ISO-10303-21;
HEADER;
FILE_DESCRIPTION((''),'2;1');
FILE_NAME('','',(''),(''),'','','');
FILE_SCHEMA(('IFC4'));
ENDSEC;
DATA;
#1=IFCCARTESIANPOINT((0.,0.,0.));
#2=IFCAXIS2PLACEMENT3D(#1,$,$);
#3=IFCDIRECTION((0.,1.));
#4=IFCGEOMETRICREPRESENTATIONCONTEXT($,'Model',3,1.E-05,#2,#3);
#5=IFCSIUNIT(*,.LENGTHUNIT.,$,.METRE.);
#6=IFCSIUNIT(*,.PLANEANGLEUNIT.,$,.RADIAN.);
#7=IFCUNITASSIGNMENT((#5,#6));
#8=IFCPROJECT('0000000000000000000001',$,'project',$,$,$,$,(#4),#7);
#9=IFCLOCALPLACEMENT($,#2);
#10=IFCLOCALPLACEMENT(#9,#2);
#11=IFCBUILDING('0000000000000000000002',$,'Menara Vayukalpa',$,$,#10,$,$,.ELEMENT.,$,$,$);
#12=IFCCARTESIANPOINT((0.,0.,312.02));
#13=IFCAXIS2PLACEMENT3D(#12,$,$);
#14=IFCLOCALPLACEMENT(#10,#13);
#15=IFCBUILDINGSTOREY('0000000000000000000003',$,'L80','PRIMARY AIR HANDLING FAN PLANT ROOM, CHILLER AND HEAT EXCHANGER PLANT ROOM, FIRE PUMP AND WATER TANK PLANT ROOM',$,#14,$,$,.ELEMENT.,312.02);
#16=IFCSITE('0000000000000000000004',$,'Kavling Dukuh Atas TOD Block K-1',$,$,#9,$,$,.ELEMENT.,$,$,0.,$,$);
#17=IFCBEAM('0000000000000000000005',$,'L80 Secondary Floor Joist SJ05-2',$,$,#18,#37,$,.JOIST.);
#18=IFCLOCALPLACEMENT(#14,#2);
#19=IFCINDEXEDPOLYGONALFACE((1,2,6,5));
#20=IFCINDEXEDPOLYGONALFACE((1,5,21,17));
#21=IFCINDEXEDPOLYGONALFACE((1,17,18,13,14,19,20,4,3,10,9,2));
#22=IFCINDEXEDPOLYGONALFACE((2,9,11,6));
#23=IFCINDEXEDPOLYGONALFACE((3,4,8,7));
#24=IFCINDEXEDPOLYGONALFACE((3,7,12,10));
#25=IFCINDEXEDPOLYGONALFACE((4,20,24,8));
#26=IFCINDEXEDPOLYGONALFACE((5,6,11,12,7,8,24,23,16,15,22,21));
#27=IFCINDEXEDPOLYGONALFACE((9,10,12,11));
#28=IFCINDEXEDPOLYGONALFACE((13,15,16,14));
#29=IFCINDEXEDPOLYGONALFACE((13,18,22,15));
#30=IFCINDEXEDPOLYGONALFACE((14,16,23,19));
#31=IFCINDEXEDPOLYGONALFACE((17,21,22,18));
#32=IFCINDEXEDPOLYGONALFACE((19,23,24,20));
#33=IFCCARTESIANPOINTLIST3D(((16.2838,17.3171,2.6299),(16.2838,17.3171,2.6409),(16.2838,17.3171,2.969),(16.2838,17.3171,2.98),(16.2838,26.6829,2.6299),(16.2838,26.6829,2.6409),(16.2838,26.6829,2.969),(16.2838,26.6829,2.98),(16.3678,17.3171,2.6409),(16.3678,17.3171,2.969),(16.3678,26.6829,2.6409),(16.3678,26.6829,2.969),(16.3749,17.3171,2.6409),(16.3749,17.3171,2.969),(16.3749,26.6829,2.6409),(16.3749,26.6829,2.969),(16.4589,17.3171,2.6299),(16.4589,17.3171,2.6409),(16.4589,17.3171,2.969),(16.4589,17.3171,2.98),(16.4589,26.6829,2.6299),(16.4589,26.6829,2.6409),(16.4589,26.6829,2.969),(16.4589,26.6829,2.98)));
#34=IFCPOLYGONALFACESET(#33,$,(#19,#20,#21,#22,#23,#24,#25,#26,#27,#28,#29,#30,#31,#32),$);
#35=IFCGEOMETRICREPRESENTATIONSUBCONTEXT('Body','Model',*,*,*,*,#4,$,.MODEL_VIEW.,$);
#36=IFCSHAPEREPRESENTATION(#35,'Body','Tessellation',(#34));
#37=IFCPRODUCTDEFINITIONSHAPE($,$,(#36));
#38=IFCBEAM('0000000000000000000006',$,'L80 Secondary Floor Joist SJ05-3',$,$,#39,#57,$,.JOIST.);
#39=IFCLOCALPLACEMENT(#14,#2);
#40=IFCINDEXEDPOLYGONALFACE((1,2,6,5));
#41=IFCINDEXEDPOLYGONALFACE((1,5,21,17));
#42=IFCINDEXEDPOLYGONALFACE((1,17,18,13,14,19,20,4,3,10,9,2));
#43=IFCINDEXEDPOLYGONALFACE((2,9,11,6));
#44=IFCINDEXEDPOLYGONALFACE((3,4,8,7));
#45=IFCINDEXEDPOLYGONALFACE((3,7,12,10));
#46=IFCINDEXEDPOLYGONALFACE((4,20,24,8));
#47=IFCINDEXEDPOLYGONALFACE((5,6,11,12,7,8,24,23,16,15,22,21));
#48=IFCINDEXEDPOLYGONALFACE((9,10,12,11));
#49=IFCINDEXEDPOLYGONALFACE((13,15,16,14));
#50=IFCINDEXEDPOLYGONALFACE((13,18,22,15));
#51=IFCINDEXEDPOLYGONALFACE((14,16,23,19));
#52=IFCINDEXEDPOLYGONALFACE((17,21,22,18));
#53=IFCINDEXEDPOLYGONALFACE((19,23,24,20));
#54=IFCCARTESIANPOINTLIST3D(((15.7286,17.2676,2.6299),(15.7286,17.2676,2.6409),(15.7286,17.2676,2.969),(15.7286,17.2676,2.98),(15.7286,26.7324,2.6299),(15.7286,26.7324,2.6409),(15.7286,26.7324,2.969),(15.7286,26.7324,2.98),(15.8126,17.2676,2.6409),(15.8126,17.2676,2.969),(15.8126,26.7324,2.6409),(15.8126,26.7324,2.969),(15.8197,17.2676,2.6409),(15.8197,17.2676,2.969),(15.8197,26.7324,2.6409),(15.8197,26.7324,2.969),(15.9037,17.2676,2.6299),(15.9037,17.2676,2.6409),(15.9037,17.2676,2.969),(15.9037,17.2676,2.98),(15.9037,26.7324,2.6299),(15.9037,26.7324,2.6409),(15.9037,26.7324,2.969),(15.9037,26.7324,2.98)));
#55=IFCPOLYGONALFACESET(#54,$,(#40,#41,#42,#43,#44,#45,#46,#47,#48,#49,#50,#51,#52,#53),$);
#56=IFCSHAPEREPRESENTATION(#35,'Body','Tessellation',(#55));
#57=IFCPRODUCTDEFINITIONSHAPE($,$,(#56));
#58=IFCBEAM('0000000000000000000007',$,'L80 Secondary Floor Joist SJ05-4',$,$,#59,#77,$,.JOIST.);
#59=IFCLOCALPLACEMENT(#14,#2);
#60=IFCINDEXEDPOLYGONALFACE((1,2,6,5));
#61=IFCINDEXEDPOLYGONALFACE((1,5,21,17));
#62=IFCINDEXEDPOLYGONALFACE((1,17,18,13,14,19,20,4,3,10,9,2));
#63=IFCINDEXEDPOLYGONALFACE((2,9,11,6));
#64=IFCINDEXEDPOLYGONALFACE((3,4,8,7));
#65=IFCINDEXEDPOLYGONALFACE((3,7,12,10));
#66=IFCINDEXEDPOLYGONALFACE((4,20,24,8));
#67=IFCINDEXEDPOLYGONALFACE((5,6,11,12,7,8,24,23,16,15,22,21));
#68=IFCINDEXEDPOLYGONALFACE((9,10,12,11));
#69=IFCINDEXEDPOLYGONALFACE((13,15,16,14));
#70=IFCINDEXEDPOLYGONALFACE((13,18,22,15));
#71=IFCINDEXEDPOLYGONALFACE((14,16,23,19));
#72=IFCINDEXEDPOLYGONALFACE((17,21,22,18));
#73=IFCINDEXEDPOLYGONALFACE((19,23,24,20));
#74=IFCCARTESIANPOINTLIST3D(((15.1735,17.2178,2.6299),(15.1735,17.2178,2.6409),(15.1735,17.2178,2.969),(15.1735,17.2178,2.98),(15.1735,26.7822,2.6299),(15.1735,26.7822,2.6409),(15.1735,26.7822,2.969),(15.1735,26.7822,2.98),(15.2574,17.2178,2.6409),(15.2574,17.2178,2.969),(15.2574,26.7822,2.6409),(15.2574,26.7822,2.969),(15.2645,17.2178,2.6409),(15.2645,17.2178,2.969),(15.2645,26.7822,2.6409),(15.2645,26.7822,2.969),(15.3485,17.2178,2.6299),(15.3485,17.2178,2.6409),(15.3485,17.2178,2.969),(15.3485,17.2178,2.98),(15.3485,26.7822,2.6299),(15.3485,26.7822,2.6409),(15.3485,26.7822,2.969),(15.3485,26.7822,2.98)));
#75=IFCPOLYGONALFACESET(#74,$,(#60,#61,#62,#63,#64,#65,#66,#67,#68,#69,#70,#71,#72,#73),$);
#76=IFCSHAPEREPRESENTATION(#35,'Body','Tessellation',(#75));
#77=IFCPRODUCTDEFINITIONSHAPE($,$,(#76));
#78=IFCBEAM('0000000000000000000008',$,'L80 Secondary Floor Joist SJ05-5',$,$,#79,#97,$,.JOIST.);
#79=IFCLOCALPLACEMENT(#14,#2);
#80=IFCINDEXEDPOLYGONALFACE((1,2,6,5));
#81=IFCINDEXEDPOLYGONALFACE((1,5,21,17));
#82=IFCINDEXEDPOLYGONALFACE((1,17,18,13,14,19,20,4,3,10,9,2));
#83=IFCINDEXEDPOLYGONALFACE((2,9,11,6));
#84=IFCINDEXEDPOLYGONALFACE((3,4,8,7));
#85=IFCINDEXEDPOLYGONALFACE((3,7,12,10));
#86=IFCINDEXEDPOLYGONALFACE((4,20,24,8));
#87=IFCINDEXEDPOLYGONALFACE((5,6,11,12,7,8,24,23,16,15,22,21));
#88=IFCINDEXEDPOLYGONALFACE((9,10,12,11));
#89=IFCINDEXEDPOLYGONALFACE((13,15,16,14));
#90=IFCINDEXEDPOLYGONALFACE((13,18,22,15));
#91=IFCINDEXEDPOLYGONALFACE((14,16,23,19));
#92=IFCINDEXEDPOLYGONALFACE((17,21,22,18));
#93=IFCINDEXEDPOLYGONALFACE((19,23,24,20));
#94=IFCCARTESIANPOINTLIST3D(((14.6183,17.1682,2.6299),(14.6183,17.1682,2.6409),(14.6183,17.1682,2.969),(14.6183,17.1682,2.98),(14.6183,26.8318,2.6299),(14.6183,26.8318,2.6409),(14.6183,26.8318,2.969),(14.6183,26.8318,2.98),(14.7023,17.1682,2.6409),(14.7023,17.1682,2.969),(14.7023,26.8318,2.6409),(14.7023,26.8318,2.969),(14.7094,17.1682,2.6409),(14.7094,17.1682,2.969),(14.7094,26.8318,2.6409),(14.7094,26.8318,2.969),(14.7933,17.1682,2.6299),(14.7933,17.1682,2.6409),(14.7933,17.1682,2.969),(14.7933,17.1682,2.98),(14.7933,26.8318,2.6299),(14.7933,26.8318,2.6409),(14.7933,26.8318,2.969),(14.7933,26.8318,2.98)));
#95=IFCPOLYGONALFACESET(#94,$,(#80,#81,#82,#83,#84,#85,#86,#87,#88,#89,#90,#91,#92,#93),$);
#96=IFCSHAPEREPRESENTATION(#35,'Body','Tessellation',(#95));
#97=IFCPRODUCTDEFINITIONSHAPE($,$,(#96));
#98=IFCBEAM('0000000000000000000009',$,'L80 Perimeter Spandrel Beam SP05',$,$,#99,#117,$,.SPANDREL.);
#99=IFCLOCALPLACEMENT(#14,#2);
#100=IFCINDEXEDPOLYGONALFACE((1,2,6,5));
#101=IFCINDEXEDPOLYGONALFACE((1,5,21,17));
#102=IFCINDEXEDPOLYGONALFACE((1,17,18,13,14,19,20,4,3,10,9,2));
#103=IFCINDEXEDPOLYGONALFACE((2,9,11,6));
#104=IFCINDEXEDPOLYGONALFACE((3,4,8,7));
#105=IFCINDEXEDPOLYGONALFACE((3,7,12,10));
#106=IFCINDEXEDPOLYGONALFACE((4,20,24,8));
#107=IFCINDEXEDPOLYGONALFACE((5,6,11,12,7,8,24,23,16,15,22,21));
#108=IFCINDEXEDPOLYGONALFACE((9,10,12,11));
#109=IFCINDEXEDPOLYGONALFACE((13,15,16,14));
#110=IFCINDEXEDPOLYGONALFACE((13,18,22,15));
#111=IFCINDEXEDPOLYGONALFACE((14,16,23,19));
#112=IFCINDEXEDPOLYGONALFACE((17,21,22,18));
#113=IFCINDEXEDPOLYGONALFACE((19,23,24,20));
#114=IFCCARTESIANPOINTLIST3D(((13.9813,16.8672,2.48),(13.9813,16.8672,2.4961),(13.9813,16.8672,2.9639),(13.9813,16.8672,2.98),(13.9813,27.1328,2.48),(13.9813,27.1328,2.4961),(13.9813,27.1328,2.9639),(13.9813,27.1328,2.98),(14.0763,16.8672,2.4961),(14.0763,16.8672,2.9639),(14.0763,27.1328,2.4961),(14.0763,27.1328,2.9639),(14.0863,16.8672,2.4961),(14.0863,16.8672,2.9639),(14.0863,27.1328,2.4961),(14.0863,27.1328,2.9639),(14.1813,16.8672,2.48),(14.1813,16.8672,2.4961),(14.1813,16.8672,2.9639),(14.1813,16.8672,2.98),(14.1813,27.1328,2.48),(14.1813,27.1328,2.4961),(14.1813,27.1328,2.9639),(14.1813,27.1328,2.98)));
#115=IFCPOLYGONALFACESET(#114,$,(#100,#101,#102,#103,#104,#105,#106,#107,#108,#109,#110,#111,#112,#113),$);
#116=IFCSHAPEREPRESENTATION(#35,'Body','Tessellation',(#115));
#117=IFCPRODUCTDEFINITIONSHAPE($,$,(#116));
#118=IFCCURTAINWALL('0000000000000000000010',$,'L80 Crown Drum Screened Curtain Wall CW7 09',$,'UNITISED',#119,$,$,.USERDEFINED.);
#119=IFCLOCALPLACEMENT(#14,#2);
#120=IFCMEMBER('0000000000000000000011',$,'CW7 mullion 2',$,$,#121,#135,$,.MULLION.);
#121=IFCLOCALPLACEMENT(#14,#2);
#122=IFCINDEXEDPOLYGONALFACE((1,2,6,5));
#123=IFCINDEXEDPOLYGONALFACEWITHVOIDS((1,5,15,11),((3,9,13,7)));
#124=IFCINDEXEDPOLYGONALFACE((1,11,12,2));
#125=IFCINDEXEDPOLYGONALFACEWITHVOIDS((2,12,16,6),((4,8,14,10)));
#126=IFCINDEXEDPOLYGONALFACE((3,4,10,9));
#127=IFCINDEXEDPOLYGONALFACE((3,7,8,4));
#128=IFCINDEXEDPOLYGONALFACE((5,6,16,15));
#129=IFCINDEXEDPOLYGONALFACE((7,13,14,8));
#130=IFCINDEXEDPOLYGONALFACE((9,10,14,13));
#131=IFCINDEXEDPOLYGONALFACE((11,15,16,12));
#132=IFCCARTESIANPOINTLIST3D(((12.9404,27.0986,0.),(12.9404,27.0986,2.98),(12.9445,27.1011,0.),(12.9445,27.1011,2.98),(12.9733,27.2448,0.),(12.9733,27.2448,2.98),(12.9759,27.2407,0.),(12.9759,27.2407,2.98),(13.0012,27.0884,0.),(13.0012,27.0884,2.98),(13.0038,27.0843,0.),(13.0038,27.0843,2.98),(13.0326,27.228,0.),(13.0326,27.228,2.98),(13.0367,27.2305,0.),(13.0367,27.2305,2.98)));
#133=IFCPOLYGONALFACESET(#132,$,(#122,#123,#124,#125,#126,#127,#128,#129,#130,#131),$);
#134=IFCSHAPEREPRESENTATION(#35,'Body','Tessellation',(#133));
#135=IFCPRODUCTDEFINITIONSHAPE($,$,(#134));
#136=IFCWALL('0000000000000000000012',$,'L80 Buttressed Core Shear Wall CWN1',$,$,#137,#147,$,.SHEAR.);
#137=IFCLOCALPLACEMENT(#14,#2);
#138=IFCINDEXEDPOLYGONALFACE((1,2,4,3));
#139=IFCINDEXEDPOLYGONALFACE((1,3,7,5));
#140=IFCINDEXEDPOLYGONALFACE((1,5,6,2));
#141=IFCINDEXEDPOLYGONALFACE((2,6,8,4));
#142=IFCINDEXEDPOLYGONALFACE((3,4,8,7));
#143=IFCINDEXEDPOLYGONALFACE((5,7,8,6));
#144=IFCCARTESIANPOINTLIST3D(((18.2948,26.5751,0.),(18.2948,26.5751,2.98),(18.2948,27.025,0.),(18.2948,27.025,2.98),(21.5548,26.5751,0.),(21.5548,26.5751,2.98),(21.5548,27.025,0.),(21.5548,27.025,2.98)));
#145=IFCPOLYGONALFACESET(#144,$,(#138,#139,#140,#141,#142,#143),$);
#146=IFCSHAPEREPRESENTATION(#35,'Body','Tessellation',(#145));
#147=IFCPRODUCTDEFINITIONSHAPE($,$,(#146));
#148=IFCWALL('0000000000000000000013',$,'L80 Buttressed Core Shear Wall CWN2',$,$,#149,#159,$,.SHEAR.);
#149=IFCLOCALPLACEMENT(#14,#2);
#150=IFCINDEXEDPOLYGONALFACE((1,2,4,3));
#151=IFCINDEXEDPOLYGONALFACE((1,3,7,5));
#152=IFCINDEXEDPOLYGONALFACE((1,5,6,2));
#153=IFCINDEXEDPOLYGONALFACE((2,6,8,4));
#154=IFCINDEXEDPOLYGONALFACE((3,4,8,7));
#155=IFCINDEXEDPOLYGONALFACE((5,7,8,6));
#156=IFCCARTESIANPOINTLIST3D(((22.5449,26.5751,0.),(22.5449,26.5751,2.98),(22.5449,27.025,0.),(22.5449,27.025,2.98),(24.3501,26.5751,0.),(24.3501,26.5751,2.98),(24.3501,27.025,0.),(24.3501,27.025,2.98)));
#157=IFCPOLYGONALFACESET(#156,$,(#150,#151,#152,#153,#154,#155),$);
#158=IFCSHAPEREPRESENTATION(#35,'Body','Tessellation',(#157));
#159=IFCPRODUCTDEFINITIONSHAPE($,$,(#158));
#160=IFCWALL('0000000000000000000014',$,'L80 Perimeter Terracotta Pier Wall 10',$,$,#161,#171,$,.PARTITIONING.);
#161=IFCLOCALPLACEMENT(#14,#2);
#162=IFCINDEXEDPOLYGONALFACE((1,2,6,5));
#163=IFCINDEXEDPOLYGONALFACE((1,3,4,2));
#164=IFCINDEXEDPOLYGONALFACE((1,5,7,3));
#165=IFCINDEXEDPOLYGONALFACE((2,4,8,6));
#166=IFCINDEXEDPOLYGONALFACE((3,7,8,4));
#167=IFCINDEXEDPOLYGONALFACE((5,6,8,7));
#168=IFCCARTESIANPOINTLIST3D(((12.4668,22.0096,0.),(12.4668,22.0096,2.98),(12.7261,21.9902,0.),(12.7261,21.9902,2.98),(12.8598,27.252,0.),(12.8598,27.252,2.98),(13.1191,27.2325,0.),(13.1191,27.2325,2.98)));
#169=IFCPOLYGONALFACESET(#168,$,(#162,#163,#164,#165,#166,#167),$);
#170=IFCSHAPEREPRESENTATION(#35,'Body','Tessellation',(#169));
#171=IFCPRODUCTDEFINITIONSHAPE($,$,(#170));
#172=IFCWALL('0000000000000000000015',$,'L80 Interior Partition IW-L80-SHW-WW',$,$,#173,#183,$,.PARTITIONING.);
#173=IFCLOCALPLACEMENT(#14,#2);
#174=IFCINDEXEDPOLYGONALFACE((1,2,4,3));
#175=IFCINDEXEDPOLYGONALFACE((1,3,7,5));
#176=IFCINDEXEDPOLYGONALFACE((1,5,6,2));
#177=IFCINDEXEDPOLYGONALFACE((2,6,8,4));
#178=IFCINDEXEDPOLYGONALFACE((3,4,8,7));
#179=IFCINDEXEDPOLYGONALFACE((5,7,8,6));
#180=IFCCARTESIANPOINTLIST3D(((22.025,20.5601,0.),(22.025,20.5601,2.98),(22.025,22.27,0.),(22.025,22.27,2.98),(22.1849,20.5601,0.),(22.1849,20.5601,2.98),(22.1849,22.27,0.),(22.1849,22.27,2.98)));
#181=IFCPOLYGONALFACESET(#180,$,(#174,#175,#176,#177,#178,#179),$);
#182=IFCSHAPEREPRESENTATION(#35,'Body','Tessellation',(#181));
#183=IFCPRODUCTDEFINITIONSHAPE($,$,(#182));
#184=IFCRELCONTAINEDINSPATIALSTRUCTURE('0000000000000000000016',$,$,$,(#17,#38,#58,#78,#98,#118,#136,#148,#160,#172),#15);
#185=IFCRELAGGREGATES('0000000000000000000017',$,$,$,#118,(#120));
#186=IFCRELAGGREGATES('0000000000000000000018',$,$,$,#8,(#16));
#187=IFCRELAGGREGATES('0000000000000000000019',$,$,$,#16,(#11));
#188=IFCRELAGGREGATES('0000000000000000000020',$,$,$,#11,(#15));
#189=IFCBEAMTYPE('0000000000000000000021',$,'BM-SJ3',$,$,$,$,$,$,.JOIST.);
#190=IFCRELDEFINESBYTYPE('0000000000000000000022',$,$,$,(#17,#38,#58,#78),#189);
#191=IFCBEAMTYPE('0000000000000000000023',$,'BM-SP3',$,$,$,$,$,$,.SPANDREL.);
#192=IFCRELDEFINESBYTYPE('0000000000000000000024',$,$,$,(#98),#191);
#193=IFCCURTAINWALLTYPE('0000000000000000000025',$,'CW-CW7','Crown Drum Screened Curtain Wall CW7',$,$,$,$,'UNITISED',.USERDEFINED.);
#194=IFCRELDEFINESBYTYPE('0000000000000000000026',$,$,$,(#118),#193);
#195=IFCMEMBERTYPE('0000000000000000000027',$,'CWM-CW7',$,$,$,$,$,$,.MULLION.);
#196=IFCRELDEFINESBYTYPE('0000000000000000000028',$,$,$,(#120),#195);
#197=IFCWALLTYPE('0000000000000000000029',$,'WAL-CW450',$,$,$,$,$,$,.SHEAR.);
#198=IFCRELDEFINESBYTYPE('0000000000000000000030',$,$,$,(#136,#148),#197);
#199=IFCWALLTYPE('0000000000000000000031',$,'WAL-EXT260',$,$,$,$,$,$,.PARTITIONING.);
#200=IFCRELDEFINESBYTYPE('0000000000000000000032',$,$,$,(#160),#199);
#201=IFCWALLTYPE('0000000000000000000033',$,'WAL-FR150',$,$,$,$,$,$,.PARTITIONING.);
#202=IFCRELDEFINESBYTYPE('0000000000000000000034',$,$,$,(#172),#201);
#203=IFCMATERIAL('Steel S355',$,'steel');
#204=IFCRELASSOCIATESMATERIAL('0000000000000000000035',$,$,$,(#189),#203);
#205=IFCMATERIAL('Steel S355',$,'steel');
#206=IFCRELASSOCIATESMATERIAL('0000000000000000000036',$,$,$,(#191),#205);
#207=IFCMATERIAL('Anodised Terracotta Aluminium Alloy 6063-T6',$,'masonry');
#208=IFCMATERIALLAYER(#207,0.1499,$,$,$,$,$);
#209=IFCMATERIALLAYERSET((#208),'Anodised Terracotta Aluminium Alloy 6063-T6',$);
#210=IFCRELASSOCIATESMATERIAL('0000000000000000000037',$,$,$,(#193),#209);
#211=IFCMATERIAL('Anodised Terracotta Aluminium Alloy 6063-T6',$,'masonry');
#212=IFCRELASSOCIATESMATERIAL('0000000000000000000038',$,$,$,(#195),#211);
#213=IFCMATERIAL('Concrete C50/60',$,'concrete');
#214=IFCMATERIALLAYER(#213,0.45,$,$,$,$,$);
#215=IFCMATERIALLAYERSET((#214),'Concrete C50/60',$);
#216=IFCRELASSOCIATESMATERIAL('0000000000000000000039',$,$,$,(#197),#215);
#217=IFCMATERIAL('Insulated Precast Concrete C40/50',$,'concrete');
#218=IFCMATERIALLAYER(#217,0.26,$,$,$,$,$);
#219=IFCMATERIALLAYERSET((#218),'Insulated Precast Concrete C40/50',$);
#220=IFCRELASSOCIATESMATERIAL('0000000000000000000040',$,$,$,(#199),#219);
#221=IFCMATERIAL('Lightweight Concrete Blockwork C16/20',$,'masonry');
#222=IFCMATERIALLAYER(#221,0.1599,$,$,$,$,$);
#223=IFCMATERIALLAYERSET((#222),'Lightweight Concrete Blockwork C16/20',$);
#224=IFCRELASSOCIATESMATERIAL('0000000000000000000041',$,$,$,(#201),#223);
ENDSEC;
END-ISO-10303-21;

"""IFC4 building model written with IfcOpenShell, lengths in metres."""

from ifc_helpers import new_model, si_unit, direction, frame, frame_2d, origin, origin_2d, place, context, subcontext, project, spatial, rectangle, hollow_rectangle, i_section, extrude, material, layer, layer_set, material_profile, profile_set, type_object, element, aggregate, save


model = new_model("IFC4")

# Units and contexts
model_context = context("Model", 3, precision=1e-05, world=origin(), true_north=direction((0.0, 1.0)))
body_context = subcontext(model_context, "Body", "Model", "MODEL_VIEW")
ifc_project = project(units=[si_unit("LENGTHUNIT", "METRE"), si_unit("PLANEANGLEUNIT", "RADIAN")], contexts=[model_context])

# Site, building, storey
site_placement = place(None, origin())
site = spatial("IfcSite", under=ifc_project, at=site_placement, Name="Kavling Dukuh Atas TOD Block K-1", CompositionType="ELEMENT", RefElevation=0.0)
building_placement = place(site_placement, origin())
building = spatial("IfcBuilding", under=site, at=building_placement, Name="Menara Vayukalpa", CompositionType="ELEMENT")
storey_placement = place(building_placement, frame((0.0, 0.0, 312.02)))
storey = spatial("IfcBuildingStorey", under=building, at=storey_placement, Name="L80", Description="PRIMARY AIR HANDLING FAN PLANT ROOM, CHILLER AND HEAT EXCHANGER PLANT ROOM, FIRE PUMP AND WATER TANK PLANT ROOM", CompositionType="ELEMENT", Elevation=312.02)

# Beams
ifc_material_1 = material(Name="Steel S355", Category="steel")
ifc_material_profile_1 = material_profile(ifc_material_1, i_section(OverallWidth=0.175, OverallDepth=0.3501, WebThickness=0.0071, FlangeThickness=0.011, at=origin_2d()), Name="WF 350x175x7x11")
ifc_profile_set_1 = profile_set([ifc_material_profile_1], Name="Steel S355")
beam_type_1 = type_object("IfcBeamType", Name="BM-SJ3", PredefinedType="JOIST", material=ifc_profile_set_1)
beam_1_placement = place(storey_placement, frame((16.3713, 26.6829, 2.8049), z_axis=(0.0, -1.0, 0.0), x_axis=(1.0, 0.0, 0.0)))
element("IfcBeam", 1, at=beam_1_placement, inside=storey, type_object=beam_type_1, Name="L80 Secondary Floor Joist SJ05-2", PredefinedType="JOIST", context=body_context, shape_type="SweptSolid", body=[
    extrude(i_section(OverallWidth=0.175, OverallDepth=0.3501, WebThickness=0.0071, FlangeThickness=0.011, at=origin_2d()), origin(), (0.0, 0.0, 1.0), 9.3657),
])
beam_2_placement = place(storey_placement, frame((15.8162, 26.7324, 2.8049), z_axis=(0.0, -1.0, 0.0), x_axis=(1.0, 0.0, 0.0)))
element("IfcBeam", 2, at=beam_2_placement, inside=storey, type_object=beam_type_1, Name="L80 Secondary Floor Joist SJ05-3", PredefinedType="JOIST", context=body_context, shape_type="SweptSolid", body=[
    extrude(i_section(OverallWidth=0.175, OverallDepth=0.3501, WebThickness=0.0071, FlangeThickness=0.011, at=origin_2d()), origin(), (0.0, 0.0, 1.0), 9.4648),
])
beam_3_placement = place(storey_placement, frame((15.261, 26.7822, 2.8049), z_axis=(0.0, -1.0, 0.0), x_axis=(1.0, 0.0, 0.0)))
element("IfcBeam", 3, at=beam_3_placement, inside=storey, type_object=beam_type_1, Name="L80 Secondary Floor Joist SJ05-4", PredefinedType="JOIST", context=body_context, shape_type="SweptSolid", body=[
    extrude(i_section(OverallWidth=0.175, OverallDepth=0.3501, WebThickness=0.0071, FlangeThickness=0.011, at=origin_2d()), origin(), (0.0, 0.0, 1.0), 9.5645),
])
beam_4_placement = place(storey_placement, frame((14.7058, 26.8318, 2.8049), z_axis=(0.0, -1.0, 0.0), x_axis=(1.0, 0.0, 0.0)))
element("IfcBeam", 4, at=beam_4_placement, inside=storey, type_object=beam_type_1, Name="L80 Secondary Floor Joist SJ05-5", PredefinedType="JOIST", context=body_context, shape_type="SweptSolid", body=[
    extrude(i_section(OverallWidth=0.175, OverallDepth=0.3501, WebThickness=0.0071, FlangeThickness=0.011, at=origin_2d()), origin(), (0.0, 0.0, 1.0), 9.6636),
])
ifc_material_2 = material(Name="Steel S355", Category="steel")
ifc_material_profile_2 = material_profile(ifc_material_2, i_section(OverallWidth=0.2, OverallDepth=0.5, WebThickness=0.01, FlangeThickness=0.0161, at=origin_2d()), Name="WF 500x200x10x16")
ifc_profile_set_2 = profile_set([ifc_material_profile_2], Name="Steel S355")
beam_type_2 = type_object("IfcBeamType", Name="BM-SP3", PredefinedType="SPANDREL", material=ifc_profile_set_2)
beam_5_placement = place(storey_placement, frame((14.0813, 27.1328, 2.73), z_axis=(0.0, -1.0, 0.0), x_axis=(1.0, 0.0, 0.0)))
element("IfcBeam", 5, at=beam_5_placement, inside=storey, type_object=beam_type_2, Name="L80 Perimeter Spandrel Beam SP05", PredefinedType="SPANDREL", context=body_context, shape_type="SweptSolid", body=[
    extrude(i_section(OverallWidth=0.2, OverallDepth=0.5, WebThickness=0.01, FlangeThickness=0.0161, at=origin_2d()), origin(), (0.0, 0.0, 1.0), 10.2656),
])

# Curtain wall, member
ifc_material_3 = material(Name="Anodised Terracotta Aluminium Alloy 6063-T6", Category="masonry")
ifc_layer_1 = layer(ifc_material_3, 0.1499)
ifc_layer_set_1 = layer_set([ifc_layer_1], Name="Anodised Terracotta Aluminium Alloy 6063-T6")
curtain_wall_type = type_object("IfcCurtainWallType", Name="CW-CW7", Description="Crown Drum Screened Curtain Wall CW7", ElementType="UNITISED", PredefinedType="USERDEFINED", material=ifc_layer_set_1)
curtain_wall_placement = place(storey_placement, origin())
curtain_wall = element("IfcCurtainWall", 6, at=curtain_wall_placement, inside=storey, type_object=curtain_wall_type, Name="L80 Crown Drum Screened Curtain Wall CW7 09", ObjectType="UNITISED", PredefinedType="USERDEFINED")
ifc_material_4 = material(Name="Anodised Terracotta Aluminium Alloy 6063-T6", Category="masonry")
ifc_material_profile_3 = material_profile(ifc_material_4, hollow_rectangle(XDim=0.0649, YDim=0.1499, WallThickness=0.0034, at=origin_2d()), Name="ALU 65x150x3.5")
ifc_profile_set_3 = profile_set([ifc_material_profile_3], Name="Anodised Terracotta Aluminium Alloy 6063-T6")
member_type = type_object("IfcMemberType", Name="CWM-CW7", PredefinedType="MULLION", material=ifc_profile_set_3)
member_placement = place(storey_placement, frame((12.9885, 27.1646, 0.0), z_axis=(0.0, 0.0, 1.0), x_axis=(0.975609, -0.219516, 0.0)))
member = element("IfcMember", 7, at=member_placement, type_object=member_type, Name="CW7 mullion 2", PredefinedType="MULLION", context=body_context, shape_type="SweptSolid", body=[
    extrude(hollow_rectangle(XDim=0.0649, YDim=0.1499, WallThickness=0.0034, at=origin_2d()), origin(), (0.0, 0.0, 1.0), 2.98),
])
aggregate(curtain_wall, [member])

# Walls
ifc_material_5 = material(Name="Concrete C50/60", Category="concrete")
ifc_layer_2 = layer(ifc_material_5, 0.45)
ifc_layer_set_2 = layer_set([ifc_layer_2], Name="Concrete C50/60")
wall_type_1 = type_object("IfcWallType", Name="WAL-CW450", PredefinedType="SHEAR", material=ifc_layer_set_2)
wall_1_placement = place(storey_placement, frame((18.2949, 26.8, 0.0), z_axis=(0.0, 0.0, 1.0), x_axis=(1.0, 0.0, 0.0)))
element("IfcWall", 8, at=wall_1_placement, inside=storey, type_object=wall_type_1, Name="L80 Buttressed Core Shear Wall CWN1", PredefinedType="SHEAR", context=body_context, shape_type="SweptSolid", body=[
    extrude(rectangle(XDim=3.26, YDim=0.45, at=frame_2d((1.6299, 0.0))), origin(), (0.0, 0.0, 1.0), 2.98),
])
wall_2_placement = place(storey_placement, frame((22.5449, 26.8, 0.0), z_axis=(0.0, 0.0, 1.0), x_axis=(1.0, 0.0, 0.0)))
element("IfcWall", 9, at=wall_2_placement, inside=storey, type_object=wall_type_1, Name="L80 Buttressed Core Shear Wall CWN2", PredefinedType="SHEAR", context=body_context, shape_type="SweptSolid", body=[
    extrude(rectangle(XDim=1.8052, YDim=0.45, at=frame_2d((0.9026, 0.0))), origin(), (0.0, 0.0, 1.0), 2.98),
])
ifc_material_6 = material(Name="Insulated Precast Concrete C40/50", Category="concrete")
ifc_layer_3 = layer(ifc_material_6, 0.26)
ifc_layer_set_3 = layer_set([ifc_layer_3], Name="Insulated Precast Concrete C40/50")
wall_type_2 = type_object("IfcWallType", Name="WAL-EXT260", PredefinedType="PARTITIONING", material=ifc_layer_set_3)
wall_3_placement = place(storey_placement, frame((12.5964, 22.0, 0.0), z_axis=(0.0, 0.0, 1.0), x_axis=(0.074768, 0.997201, 0.0)))
element("IfcWall", 10, at=wall_3_placement, inside=storey, type_object=wall_type_2, Name="L80 Perimeter Terracotta Pier Wall 10", PredefinedType="PARTITIONING", context=body_context, shape_type="SweptSolid", body=[
    extrude(rectangle(XDim=5.2571, YDim=0.26, at=frame_2d((2.6284, 0.0))), origin(), (0.0, 0.0, 1.0), 2.98),
])
ifc_material_7 = material(Name="Lightweight Concrete Blockwork C16/20", Category="masonry")
ifc_layer_4 = layer(ifc_material_7, 0.1599)
ifc_layer_set_4 = layer_set([ifc_layer_4], Name="Lightweight Concrete Blockwork C16/20")
wall_type_3 = type_object("IfcWallType", Name="WAL-FR150", PredefinedType="PARTITIONING", material=ifc_layer_set_4)
wall_4_placement = place(storey_placement, frame((22.105, 20.5601, 0.0), z_axis=(0.0, 0.0, 1.0), x_axis=(0.0, 1.0, 0.0)))
element("IfcWall", 11, at=wall_4_placement, inside=storey, type_object=wall_type_3, Name="L80 Interior Partition IW-L80-SHW-WW", PredefinedType="PARTITIONING", context=body_context, shape_type="SweptSolid", body=[
    extrude(rectangle(XDim=1.71, YDim=0.1599, at=frame_2d((0.855, 0.0))), origin(), (0.0, 0.0, 1.0), 2.98),
])

save(model, "model.ifc")
